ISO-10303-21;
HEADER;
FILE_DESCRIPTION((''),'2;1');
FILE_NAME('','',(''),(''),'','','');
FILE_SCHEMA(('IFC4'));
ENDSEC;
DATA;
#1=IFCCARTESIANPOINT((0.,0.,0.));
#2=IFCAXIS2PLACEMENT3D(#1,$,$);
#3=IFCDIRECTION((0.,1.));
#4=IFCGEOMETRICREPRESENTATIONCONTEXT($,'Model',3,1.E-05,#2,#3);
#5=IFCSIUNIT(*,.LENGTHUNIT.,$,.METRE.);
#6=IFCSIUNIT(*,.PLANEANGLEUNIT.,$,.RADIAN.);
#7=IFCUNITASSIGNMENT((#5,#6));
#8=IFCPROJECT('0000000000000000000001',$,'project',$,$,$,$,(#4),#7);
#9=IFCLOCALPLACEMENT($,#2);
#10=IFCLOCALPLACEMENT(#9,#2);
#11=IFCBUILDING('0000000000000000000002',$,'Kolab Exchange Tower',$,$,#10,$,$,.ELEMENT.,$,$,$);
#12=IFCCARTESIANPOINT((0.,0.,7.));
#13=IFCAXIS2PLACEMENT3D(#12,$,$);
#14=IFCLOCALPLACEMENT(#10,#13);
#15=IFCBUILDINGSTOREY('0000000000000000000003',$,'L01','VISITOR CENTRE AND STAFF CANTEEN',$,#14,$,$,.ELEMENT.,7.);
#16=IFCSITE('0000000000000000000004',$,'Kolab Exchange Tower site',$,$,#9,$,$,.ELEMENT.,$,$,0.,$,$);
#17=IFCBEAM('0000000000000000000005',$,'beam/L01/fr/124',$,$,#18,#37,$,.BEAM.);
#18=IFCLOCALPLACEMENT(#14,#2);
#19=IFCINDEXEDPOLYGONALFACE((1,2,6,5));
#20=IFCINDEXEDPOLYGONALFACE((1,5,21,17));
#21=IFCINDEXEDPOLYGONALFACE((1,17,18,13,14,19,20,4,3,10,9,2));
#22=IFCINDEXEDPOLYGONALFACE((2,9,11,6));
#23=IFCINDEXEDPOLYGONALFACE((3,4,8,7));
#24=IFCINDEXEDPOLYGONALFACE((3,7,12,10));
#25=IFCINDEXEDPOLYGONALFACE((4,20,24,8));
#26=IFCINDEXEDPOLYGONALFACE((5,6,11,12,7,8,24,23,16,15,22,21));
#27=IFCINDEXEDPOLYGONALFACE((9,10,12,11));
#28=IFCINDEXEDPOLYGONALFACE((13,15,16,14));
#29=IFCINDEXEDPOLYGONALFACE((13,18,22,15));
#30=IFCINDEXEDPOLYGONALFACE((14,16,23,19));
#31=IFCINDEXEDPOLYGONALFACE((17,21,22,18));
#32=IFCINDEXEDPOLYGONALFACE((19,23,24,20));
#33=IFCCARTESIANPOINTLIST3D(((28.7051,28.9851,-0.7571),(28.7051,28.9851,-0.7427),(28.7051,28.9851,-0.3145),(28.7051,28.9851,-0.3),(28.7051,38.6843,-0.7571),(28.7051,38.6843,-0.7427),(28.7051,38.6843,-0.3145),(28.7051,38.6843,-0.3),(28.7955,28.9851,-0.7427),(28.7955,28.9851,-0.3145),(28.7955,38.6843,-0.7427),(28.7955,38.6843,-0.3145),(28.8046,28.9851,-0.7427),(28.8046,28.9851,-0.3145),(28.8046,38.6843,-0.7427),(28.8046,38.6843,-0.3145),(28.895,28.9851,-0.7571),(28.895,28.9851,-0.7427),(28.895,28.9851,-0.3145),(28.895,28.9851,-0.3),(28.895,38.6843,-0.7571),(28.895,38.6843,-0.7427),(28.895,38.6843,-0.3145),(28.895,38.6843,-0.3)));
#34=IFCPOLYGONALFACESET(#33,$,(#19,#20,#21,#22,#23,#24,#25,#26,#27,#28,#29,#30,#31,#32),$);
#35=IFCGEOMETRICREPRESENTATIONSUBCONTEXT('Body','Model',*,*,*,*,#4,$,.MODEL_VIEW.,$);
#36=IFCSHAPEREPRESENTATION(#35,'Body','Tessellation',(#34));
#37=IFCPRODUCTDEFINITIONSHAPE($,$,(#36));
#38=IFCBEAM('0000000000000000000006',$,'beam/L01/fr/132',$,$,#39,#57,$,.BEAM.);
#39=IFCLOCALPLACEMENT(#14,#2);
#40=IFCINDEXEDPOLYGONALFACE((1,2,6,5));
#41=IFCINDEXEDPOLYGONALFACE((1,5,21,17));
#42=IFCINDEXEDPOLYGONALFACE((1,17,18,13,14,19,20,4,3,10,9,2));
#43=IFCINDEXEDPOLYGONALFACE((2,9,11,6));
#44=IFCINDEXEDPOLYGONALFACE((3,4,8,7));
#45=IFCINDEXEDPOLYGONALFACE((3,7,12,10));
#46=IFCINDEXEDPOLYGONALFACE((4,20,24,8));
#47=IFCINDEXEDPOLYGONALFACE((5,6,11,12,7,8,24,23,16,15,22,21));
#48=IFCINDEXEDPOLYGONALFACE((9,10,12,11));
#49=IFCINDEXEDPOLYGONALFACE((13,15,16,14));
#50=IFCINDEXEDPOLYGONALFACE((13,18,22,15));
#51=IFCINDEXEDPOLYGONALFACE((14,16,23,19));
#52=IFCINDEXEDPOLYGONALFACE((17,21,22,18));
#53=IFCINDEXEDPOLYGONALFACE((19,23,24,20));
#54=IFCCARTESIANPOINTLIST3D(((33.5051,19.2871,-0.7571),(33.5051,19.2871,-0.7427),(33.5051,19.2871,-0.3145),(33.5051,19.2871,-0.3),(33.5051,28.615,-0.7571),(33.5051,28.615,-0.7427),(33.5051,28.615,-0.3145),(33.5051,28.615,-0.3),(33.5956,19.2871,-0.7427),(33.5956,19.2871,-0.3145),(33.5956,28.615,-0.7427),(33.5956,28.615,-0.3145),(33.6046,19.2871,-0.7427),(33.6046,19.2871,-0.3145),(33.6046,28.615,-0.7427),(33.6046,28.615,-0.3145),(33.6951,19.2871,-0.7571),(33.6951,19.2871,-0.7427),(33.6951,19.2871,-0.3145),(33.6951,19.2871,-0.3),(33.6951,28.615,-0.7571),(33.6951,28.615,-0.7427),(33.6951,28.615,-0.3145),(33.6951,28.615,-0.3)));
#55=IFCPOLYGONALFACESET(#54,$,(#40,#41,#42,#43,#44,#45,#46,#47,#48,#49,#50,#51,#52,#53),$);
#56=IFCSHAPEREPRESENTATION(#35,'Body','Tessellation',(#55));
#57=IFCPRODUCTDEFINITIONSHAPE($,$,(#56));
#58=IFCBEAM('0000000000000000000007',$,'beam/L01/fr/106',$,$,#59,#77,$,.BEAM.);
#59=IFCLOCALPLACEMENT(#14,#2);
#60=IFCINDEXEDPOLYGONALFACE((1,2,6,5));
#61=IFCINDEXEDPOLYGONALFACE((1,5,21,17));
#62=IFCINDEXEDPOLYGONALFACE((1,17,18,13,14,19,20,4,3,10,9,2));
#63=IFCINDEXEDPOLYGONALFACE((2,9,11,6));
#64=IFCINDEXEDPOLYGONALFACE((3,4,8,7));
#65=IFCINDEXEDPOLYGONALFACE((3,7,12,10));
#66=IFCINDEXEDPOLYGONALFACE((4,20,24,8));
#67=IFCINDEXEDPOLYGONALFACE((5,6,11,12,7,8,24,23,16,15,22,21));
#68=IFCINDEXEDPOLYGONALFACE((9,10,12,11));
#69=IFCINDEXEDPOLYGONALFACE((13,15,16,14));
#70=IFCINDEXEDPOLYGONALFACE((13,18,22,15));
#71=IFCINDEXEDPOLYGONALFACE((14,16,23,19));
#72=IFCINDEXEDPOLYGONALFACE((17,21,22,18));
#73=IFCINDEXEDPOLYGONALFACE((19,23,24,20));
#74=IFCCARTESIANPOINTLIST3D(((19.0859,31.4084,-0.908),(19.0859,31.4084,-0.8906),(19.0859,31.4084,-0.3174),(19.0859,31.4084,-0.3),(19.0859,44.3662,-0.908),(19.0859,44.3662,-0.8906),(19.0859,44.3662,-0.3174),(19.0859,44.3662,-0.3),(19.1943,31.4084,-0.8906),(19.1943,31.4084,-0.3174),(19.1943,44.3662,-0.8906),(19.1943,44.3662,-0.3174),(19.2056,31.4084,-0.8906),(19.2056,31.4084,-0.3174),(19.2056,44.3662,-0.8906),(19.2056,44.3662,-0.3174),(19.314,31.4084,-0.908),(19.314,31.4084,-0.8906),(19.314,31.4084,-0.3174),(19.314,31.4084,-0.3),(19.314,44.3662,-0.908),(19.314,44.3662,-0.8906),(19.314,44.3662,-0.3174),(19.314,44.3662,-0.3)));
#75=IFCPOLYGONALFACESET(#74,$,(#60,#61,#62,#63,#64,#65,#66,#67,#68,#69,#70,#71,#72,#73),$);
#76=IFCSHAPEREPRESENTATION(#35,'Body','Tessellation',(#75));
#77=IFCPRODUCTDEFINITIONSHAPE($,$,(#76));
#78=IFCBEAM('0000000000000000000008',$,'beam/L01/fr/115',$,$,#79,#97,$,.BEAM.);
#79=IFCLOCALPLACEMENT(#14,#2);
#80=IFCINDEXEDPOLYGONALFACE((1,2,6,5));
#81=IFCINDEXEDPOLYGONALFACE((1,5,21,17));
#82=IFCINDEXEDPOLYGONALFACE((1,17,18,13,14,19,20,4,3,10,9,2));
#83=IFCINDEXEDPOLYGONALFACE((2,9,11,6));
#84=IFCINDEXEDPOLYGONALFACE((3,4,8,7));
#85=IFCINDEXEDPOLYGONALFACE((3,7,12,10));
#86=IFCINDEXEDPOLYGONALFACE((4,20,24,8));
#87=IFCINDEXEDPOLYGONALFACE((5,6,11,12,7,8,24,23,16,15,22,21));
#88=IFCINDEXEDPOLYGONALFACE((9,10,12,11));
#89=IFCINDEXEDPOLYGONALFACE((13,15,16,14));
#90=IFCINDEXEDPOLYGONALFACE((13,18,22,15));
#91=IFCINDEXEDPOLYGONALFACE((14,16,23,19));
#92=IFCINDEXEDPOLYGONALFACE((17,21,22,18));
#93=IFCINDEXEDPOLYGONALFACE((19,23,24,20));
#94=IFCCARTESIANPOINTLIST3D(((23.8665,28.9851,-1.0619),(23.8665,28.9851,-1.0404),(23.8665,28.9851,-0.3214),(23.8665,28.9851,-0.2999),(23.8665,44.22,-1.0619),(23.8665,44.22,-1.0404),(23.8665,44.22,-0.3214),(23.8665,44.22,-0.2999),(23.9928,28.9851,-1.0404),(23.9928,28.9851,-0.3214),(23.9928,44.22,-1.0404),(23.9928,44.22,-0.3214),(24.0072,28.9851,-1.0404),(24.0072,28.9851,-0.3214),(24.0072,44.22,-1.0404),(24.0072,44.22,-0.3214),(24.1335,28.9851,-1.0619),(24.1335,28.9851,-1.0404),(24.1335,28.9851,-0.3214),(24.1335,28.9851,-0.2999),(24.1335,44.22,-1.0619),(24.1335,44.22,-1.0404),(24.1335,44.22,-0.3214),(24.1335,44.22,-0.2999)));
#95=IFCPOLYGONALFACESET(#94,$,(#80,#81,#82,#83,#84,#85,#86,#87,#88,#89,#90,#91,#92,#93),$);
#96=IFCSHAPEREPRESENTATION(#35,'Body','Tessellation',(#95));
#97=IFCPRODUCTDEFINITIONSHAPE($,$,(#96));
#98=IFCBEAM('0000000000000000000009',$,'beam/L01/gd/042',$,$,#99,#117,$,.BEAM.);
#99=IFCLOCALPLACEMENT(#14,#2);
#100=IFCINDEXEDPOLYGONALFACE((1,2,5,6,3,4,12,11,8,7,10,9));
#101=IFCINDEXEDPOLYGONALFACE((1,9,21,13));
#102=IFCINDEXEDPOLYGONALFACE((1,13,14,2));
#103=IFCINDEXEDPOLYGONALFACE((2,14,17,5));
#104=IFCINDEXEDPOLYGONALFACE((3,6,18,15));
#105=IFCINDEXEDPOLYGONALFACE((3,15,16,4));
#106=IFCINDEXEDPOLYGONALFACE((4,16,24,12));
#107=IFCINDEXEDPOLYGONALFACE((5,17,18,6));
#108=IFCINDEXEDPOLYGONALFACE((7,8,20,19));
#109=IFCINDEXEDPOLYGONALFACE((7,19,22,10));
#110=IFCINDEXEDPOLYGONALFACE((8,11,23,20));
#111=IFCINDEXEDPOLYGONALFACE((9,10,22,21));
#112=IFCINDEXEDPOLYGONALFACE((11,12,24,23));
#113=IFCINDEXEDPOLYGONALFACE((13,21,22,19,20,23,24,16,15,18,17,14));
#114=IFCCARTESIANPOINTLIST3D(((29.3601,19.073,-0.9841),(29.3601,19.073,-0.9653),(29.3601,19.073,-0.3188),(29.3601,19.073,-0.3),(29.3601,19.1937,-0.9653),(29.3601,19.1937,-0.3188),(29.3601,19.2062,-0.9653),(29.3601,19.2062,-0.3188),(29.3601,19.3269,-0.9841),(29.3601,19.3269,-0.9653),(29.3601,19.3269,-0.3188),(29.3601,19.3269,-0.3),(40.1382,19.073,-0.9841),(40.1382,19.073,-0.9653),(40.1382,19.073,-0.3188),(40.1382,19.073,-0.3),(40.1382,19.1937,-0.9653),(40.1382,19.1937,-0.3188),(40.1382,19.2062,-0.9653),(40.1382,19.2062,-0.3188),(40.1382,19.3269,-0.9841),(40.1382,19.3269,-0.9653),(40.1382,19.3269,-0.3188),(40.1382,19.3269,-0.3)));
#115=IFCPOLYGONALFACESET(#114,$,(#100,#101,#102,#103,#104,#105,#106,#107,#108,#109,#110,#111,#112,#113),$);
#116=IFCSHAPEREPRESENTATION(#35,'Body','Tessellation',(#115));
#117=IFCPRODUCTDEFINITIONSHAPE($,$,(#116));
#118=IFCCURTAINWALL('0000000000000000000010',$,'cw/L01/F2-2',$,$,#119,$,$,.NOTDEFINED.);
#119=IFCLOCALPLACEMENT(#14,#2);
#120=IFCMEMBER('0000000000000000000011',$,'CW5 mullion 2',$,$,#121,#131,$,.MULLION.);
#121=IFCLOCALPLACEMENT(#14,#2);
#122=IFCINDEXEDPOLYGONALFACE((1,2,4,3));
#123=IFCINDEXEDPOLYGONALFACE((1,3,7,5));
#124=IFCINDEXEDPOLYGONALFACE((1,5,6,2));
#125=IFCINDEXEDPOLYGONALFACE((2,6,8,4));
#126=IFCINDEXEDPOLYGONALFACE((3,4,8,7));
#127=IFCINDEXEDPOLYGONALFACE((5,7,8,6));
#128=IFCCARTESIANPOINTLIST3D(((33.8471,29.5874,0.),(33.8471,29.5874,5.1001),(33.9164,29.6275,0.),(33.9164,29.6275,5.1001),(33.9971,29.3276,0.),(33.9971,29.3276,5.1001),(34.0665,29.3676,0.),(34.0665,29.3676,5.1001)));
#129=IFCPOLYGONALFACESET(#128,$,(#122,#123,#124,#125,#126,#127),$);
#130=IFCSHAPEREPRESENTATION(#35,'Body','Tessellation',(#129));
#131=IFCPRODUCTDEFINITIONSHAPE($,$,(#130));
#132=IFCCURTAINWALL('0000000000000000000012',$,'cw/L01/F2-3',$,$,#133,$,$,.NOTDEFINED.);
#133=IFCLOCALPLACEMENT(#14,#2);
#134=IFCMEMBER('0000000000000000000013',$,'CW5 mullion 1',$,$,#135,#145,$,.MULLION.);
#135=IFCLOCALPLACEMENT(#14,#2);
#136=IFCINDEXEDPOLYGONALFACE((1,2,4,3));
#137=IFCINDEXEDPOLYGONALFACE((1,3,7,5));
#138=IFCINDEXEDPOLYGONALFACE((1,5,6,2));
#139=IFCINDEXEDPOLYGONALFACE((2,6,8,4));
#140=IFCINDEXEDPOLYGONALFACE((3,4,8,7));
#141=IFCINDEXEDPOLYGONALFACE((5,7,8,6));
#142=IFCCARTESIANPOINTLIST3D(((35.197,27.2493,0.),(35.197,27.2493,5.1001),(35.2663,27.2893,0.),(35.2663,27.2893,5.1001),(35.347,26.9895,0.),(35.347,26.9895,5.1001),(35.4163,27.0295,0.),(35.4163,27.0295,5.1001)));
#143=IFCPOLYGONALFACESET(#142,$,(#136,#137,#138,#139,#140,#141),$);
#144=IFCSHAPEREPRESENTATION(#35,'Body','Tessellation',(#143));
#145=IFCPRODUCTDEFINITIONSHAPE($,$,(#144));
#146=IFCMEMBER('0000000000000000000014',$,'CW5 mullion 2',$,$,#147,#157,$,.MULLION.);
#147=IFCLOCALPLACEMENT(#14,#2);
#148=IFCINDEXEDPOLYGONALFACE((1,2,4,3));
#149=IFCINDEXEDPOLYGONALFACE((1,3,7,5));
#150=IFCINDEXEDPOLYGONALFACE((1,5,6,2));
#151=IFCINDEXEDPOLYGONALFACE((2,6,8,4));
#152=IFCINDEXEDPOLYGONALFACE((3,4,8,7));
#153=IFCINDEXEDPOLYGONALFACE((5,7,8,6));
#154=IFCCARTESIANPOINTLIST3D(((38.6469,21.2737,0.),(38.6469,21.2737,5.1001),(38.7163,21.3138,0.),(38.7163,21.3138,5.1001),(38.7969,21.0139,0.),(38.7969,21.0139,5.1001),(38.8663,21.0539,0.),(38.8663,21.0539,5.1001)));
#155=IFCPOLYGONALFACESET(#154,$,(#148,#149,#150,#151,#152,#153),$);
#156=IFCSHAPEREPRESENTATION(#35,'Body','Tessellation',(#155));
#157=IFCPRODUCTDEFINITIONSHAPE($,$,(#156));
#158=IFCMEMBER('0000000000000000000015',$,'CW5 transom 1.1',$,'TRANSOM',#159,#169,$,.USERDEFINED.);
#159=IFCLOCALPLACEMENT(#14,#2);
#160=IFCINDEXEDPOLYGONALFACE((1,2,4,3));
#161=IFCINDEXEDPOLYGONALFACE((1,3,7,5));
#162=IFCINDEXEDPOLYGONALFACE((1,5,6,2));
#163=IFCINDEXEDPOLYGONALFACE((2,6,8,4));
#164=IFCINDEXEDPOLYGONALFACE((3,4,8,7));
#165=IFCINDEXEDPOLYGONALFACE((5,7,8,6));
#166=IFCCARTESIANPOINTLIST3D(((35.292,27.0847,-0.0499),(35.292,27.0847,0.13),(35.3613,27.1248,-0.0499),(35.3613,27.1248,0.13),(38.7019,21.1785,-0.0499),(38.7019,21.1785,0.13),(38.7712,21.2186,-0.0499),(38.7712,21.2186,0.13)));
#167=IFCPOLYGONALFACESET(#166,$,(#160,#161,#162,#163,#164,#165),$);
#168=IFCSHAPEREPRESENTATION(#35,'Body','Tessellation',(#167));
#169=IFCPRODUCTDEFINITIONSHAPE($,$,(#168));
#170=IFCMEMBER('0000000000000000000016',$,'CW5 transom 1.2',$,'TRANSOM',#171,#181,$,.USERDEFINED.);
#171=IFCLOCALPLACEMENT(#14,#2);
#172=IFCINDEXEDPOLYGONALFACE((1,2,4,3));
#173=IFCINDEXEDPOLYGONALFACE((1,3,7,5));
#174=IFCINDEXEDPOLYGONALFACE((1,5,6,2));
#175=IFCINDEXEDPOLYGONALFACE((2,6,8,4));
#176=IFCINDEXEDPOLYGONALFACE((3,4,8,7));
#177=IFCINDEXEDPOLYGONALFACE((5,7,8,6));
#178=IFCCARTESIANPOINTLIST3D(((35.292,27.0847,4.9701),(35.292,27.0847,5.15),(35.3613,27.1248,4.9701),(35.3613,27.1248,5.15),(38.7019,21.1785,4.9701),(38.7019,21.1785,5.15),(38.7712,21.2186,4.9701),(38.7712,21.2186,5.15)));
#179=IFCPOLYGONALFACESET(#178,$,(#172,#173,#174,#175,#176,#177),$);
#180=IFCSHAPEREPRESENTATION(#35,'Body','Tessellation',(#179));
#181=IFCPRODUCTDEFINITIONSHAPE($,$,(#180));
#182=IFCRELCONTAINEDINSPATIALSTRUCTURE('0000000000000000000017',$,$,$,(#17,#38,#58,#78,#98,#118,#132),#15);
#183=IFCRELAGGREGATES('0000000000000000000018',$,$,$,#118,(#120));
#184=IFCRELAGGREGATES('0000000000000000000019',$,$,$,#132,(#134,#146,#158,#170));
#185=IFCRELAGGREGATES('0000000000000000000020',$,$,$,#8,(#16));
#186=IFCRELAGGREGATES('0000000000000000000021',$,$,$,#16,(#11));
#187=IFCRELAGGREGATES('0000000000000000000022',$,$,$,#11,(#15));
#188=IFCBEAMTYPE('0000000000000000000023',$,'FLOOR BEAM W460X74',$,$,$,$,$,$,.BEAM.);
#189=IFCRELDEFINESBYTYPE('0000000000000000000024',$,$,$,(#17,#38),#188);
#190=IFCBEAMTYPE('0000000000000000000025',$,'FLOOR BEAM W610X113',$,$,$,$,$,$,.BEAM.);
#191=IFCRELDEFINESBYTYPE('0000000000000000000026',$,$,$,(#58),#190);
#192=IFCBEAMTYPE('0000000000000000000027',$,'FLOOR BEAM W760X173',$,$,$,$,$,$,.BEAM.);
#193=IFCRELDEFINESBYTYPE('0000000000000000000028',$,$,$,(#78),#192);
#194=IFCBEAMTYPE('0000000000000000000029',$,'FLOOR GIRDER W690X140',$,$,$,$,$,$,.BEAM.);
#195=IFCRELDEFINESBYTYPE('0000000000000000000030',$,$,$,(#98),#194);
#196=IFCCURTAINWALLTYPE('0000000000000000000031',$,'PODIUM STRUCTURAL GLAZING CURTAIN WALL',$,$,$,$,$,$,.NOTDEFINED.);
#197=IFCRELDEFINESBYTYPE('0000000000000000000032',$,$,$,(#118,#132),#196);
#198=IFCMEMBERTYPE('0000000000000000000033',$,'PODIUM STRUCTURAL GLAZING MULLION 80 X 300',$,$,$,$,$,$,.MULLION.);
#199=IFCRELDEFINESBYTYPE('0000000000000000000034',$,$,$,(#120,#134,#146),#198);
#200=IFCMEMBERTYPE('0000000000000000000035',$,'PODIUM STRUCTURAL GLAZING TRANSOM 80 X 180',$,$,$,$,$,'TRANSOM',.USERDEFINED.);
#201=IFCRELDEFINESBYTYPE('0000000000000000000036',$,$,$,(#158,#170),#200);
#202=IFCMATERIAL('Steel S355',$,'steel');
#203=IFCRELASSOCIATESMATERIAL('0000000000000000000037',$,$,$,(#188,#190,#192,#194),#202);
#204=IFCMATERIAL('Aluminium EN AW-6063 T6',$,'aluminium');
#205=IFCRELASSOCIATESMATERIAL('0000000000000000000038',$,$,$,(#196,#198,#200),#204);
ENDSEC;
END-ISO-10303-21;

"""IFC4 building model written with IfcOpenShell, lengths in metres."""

from ifc_helpers import new_model, si_unit, direction, frame, origin, origin_2d, place, context, subcontext, project, spatial, rectangle, i_section, extrude, material, material_profile, profile_set, type_object, element, aggregate, save


model = new_model("IFC4")

# Units and contexts
model_context = context("Model", 3, precision=1e-05, world=origin(), true_north=direction((0.0, 1.0)))
body_context = subcontext(model_context, "Body", "Model", "MODEL_VIEW")
ifc_project = project(units=[si_unit("LENGTHUNIT", "METRE"), si_unit("PLANEANGLEUNIT", "RADIAN")], contexts=[model_context])

# Site, building, storey
site_placement = place(None, origin())
site = spatial("IfcSite", under=ifc_project, at=site_placement, Name="Kolab Exchange Tower site", CompositionType="ELEMENT", RefElevation=0.0)
building_placement = place(site_placement, origin())
building = spatial("IfcBuilding", under=site, at=building_placement, Name="Kolab Exchange Tower", CompositionType="ELEMENT")
storey_placement = place(building_placement, frame((0.0, 0.0, 7.0)))
storey = spatial("IfcBuildingStorey", under=building, at=storey_placement, Name="L01", Description="VISITOR CENTRE AND STAFF CANTEEN", CompositionType="ELEMENT", Elevation=7.0)

# Beams
ifc_material_1 = material(Name="Steel S355", Category="steel")
ifc_material_profile_1 = material_profile(ifc_material_1, i_section(OverallWidth=0.1899, OverallDepth=0.457, WebThickness=0.009, FlangeThickness=0.0144, at=origin_2d()), Name="W460X74")
ifc_profile_set_1 = profile_set([ifc_material_profile_1], Name="Steel S355")
beam_type_1 = type_object("IfcBeamType", Name="FLOOR BEAM W460X74", PredefinedType="BEAM", material=ifc_profile_set_1)
beam_1_placement = place(storey_placement, frame((28.8, 28.9851, -0.5286), z_axis=(0.0, 1.0, 0.0), x_axis=(-1.0, 0.0, 0.0)))
element("IfcBeam", 1, at=beam_1_placement, inside=storey, type_object=beam_type_1, Name="beam/L01/fr/124", PredefinedType="BEAM", context=body_context, shape_type="SweptSolid", body=[
    extrude(i_section(OverallWidth=0.1899, OverallDepth=0.457, WebThickness=0.009, FlangeThickness=0.0144, at=origin_2d()), origin(), (0.0, 0.0, 1.0), 9.6992),
])
beam_2_placement = place(storey_placement, frame((33.6001, 19.2871, -0.5286), z_axis=(0.0, 1.0, 0.0), x_axis=(-1.0, 0.0, 0.0)))
element("IfcBeam", 2, at=beam_2_placement, inside=storey, type_object=beam_type_1, Name="beam/L01/fr/132", PredefinedType="BEAM", context=body_context, shape_type="SweptSolid", body=[
    extrude(i_section(OverallWidth=0.1899, OverallDepth=0.457, WebThickness=0.009, FlangeThickness=0.0144, at=origin_2d()), origin(), (0.0, 0.0, 1.0), 9.3279),
])
ifc_material_profile_2 = material_profile(ifc_material_1, i_section(OverallWidth=0.228, OverallDepth=0.6079, WebThickness=0.0112, FlangeThickness=0.0173, at=origin_2d()), Name="W610X113")
ifc_profile_set_2 = profile_set([ifc_material_profile_2], Name="Steel S355")
beam_type_2 = type_object("IfcBeamType", Name="FLOOR BEAM W610X113", PredefinedType="BEAM", material=ifc_profile_set_2)
beam_3_placement = place(storey_placement, frame((19.2, 31.4084, -0.604), z_axis=(0.0, 1.0, 0.0), x_axis=(-1.0, 0.0, 0.0)))
element("IfcBeam", 3, at=beam_3_placement, inside=storey, type_object=beam_type_2, Name="beam/L01/fr/106", PredefinedType="BEAM", context=body_context, shape_type="SweptSolid", body=[
    extrude(i_section(OverallWidth=0.228, OverallDepth=0.6079, WebThickness=0.0112, FlangeThickness=0.0173, at=origin_2d()), origin(), (0.0, 0.0, 1.0), 12.9578),
])
ifc_material_profile_3 = material_profile(ifc_material_1, i_section(OverallWidth=0.2671, OverallDepth=0.762, WebThickness=0.0144, FlangeThickness=0.0215, at=origin_2d()), Name="W760X173")
ifc_profile_set_3 = profile_set([ifc_material_profile_3], Name="Steel S355")
beam_type_3 = type_object("IfcBeamType", Name="FLOOR BEAM W760X173", PredefinedType="BEAM", material=ifc_profile_set_3)
beam_4_placement = place(storey_placement, frame((24.0, 28.9851, -0.6809), z_axis=(0.0, 1.0, 0.0), x_axis=(-1.0, 0.0, 0.0)))
element("IfcBeam", 4, at=beam_4_placement, inside=storey, type_object=beam_type_3, Name="beam/L01/fr/115", PredefinedType="BEAM", context=body_context, shape_type="SweptSolid", body=[
    extrude(i_section(OverallWidth=0.2671, OverallDepth=0.762, WebThickness=0.0144, FlangeThickness=0.0215, at=origin_2d()), origin(), (0.0, 0.0, 1.0), 15.2349),
])
ifc_material_profile_4 = material_profile(ifc_material_1, i_section(OverallWidth=0.2539, OverallDepth=0.6841, WebThickness=0.0125, FlangeThickness=0.0188, at=origin_2d()), Name="W690X140")
ifc_profile_set_4 = profile_set([ifc_material_profile_4], Name="Steel S355")
beam_type_4 = type_object("IfcBeamType", Name="FLOOR GIRDER W690X140", PredefinedType="BEAM", material=ifc_profile_set_4)
beam_5_placement = place(storey_placement, frame((29.3601, 19.2, -0.6421), z_axis=(1.0, 0.0, 0.0), x_axis=(0.0, 1.0, 0.0)))
element("IfcBeam", 5, at=beam_5_placement, inside=storey, type_object=beam_type_4, Name="beam/L01/gd/042", PredefinedType="BEAM", context=body_context, shape_type="SweptSolid", body=[
    extrude(i_section(OverallWidth=0.2539, OverallDepth=0.6841, WebThickness=0.0125, FlangeThickness=0.0188, at=origin_2d()), origin(), (0.0, 0.0, 1.0), 10.7781),
])

# Curtain wall, member
ifc_material_2 = material(Name="Aluminium EN AW-6063 T6", Category="aluminium")
curtain_wall_type = type_object("IfcCurtainWallType", Name="PODIUM STRUCTURAL GLAZING CURTAIN WALL", PredefinedType="NOTDEFINED", material=ifc_material_2)
curtain_wall_1_placement = place(storey_placement, origin())
curtain_wall_1 = element("IfcCurtainWall", 6, at=curtain_wall_1_placement, inside=storey, type_object=curtain_wall_type, Name="cw/L01/F2-2", PredefinedType="NOTDEFINED")
ifc_material_profile_5 = material_profile(ifc_material_2, rectangle(XDim=0.0801, YDim=0.3, at=origin_2d()), Name="RECT 80X300")
ifc_profile_set_5 = profile_set([ifc_material_profile_5], Name="Aluminium EN AW-6063 T6")
member_type_1 = type_object("IfcMemberType", Name="PODIUM STRUCTURAL GLAZING MULLION 80 X 300", PredefinedType="MULLION", material=ifc_profile_set_5)
member_1_placement = place(storey_placement, frame((33.9568, 29.4775, 0.0), z_axis=(0.0, 0.0, 1.0), x_axis=(0.866025, 0.5, 0.0)))
member_1 = element("IfcMember", 7, at=member_1_placement, type_object=member_type_1, Name="CW5 mullion 2", PredefinedType="MULLION", context=body_context, shape_type="SweptSolid", body=[
    extrude(rectangle(XDim=0.0801, YDim=0.3, at=origin_2d()), origin(), (0.0, 0.0, 1.0), 5.1001),
])
aggregate(curtain_wall_1, [member_1])

# Curtain wall, members
curtain_wall_2_placement = place(storey_placement, origin())
curtain_wall_2 = element("IfcCurtainWall", 8, at=curtain_wall_2_placement, inside=storey, type_object=curtain_wall_type, Name="cw/L01/F2-3", PredefinedType="NOTDEFINED")
member_2_placement = place(storey_placement, frame((35.3066, 27.1394, 0.0), z_axis=(0.0, 0.0, 1.0), x_axis=(0.866025, 0.5, 0.0)))
member_2 = element("IfcMember", 9, at=member_2_placement, type_object=member_type_1, Name="CW5 mullion 1", PredefinedType="MULLION", context=body_context, shape_type="SweptSolid", body=[
    extrude(rectangle(XDim=0.0801, YDim=0.3, at=origin_2d()), origin(), (0.0, 0.0, 1.0), 5.1001),
])
member_3_placement = place(storey_placement, frame((38.7566, 21.1638, 0.0), z_axis=(0.0, 0.0, 1.0), x_axis=(0.866025, 0.5, 0.0)))
member_3 = element("IfcMember", 10, at=member_3_placement, type_object=member_type_1, Name="CW5 mullion 2", PredefinedType="MULLION", context=body_context, shape_type="SweptSolid", body=[
    extrude(rectangle(XDim=0.0801, YDim=0.3, at=origin_2d()), origin(), (0.0, 0.0, 1.0), 5.1001),
])
ifc_material_profile_6 = material_profile(ifc_material_2, rectangle(XDim=0.0801, YDim=0.1799, at=origin_2d()), Name="RECT 80X180")
ifc_profile_set_6 = profile_set([ifc_material_profile_6], Name="Aluminium EN AW-6063 T6")
member_type_2 = type_object("IfcMemberType", Name="PODIUM STRUCTURAL GLAZING TRANSOM 80 X 180", ElementType="TRANSOM", PredefinedType="USERDEFINED", material=ifc_profile_set_6)
member_4_placement = place(storey_placement, frame((35.3267, 27.1047, 0.04), z_axis=(0.499993, -0.866029, 0.0), x_axis=(0.866029, 0.499993, 0.0)))
member_4 = element("IfcMember", 11, at=member_4_placement, type_object=member_type_2, Name="CW5 transom 1.1", ObjectType="TRANSOM", PredefinedType="USERDEFINED", context=body_context, shape_type="SweptSolid", body=[
    extrude(rectangle(XDim=0.0801, YDim=0.1799, at=origin_2d()), origin(), (0.0, 0.0, 1.0), 6.8198),
])
member_5_placement = place(storey_placement, frame((35.3267, 27.1047, 5.0601), z_axis=(0.499993, -0.866029, 0.0), x_axis=(0.866029, 0.499993, 0.0)))
member_5 = element("IfcMember", 12, at=member_5_placement, type_object=member_type_2, Name="CW5 transom 1.2", ObjectType="TRANSOM", PredefinedType="USERDEFINED", context=body_context, shape_type="SweptSolid", body=[
    extrude(rectangle(XDim=0.0801, YDim=0.1799, at=origin_2d()), origin(), (0.0, 0.0, 1.0), 6.8198),
])

aggregate(curtain_wall_2, [member_2, member_3, member_4, member_5])

save(model, "model.ifc")
